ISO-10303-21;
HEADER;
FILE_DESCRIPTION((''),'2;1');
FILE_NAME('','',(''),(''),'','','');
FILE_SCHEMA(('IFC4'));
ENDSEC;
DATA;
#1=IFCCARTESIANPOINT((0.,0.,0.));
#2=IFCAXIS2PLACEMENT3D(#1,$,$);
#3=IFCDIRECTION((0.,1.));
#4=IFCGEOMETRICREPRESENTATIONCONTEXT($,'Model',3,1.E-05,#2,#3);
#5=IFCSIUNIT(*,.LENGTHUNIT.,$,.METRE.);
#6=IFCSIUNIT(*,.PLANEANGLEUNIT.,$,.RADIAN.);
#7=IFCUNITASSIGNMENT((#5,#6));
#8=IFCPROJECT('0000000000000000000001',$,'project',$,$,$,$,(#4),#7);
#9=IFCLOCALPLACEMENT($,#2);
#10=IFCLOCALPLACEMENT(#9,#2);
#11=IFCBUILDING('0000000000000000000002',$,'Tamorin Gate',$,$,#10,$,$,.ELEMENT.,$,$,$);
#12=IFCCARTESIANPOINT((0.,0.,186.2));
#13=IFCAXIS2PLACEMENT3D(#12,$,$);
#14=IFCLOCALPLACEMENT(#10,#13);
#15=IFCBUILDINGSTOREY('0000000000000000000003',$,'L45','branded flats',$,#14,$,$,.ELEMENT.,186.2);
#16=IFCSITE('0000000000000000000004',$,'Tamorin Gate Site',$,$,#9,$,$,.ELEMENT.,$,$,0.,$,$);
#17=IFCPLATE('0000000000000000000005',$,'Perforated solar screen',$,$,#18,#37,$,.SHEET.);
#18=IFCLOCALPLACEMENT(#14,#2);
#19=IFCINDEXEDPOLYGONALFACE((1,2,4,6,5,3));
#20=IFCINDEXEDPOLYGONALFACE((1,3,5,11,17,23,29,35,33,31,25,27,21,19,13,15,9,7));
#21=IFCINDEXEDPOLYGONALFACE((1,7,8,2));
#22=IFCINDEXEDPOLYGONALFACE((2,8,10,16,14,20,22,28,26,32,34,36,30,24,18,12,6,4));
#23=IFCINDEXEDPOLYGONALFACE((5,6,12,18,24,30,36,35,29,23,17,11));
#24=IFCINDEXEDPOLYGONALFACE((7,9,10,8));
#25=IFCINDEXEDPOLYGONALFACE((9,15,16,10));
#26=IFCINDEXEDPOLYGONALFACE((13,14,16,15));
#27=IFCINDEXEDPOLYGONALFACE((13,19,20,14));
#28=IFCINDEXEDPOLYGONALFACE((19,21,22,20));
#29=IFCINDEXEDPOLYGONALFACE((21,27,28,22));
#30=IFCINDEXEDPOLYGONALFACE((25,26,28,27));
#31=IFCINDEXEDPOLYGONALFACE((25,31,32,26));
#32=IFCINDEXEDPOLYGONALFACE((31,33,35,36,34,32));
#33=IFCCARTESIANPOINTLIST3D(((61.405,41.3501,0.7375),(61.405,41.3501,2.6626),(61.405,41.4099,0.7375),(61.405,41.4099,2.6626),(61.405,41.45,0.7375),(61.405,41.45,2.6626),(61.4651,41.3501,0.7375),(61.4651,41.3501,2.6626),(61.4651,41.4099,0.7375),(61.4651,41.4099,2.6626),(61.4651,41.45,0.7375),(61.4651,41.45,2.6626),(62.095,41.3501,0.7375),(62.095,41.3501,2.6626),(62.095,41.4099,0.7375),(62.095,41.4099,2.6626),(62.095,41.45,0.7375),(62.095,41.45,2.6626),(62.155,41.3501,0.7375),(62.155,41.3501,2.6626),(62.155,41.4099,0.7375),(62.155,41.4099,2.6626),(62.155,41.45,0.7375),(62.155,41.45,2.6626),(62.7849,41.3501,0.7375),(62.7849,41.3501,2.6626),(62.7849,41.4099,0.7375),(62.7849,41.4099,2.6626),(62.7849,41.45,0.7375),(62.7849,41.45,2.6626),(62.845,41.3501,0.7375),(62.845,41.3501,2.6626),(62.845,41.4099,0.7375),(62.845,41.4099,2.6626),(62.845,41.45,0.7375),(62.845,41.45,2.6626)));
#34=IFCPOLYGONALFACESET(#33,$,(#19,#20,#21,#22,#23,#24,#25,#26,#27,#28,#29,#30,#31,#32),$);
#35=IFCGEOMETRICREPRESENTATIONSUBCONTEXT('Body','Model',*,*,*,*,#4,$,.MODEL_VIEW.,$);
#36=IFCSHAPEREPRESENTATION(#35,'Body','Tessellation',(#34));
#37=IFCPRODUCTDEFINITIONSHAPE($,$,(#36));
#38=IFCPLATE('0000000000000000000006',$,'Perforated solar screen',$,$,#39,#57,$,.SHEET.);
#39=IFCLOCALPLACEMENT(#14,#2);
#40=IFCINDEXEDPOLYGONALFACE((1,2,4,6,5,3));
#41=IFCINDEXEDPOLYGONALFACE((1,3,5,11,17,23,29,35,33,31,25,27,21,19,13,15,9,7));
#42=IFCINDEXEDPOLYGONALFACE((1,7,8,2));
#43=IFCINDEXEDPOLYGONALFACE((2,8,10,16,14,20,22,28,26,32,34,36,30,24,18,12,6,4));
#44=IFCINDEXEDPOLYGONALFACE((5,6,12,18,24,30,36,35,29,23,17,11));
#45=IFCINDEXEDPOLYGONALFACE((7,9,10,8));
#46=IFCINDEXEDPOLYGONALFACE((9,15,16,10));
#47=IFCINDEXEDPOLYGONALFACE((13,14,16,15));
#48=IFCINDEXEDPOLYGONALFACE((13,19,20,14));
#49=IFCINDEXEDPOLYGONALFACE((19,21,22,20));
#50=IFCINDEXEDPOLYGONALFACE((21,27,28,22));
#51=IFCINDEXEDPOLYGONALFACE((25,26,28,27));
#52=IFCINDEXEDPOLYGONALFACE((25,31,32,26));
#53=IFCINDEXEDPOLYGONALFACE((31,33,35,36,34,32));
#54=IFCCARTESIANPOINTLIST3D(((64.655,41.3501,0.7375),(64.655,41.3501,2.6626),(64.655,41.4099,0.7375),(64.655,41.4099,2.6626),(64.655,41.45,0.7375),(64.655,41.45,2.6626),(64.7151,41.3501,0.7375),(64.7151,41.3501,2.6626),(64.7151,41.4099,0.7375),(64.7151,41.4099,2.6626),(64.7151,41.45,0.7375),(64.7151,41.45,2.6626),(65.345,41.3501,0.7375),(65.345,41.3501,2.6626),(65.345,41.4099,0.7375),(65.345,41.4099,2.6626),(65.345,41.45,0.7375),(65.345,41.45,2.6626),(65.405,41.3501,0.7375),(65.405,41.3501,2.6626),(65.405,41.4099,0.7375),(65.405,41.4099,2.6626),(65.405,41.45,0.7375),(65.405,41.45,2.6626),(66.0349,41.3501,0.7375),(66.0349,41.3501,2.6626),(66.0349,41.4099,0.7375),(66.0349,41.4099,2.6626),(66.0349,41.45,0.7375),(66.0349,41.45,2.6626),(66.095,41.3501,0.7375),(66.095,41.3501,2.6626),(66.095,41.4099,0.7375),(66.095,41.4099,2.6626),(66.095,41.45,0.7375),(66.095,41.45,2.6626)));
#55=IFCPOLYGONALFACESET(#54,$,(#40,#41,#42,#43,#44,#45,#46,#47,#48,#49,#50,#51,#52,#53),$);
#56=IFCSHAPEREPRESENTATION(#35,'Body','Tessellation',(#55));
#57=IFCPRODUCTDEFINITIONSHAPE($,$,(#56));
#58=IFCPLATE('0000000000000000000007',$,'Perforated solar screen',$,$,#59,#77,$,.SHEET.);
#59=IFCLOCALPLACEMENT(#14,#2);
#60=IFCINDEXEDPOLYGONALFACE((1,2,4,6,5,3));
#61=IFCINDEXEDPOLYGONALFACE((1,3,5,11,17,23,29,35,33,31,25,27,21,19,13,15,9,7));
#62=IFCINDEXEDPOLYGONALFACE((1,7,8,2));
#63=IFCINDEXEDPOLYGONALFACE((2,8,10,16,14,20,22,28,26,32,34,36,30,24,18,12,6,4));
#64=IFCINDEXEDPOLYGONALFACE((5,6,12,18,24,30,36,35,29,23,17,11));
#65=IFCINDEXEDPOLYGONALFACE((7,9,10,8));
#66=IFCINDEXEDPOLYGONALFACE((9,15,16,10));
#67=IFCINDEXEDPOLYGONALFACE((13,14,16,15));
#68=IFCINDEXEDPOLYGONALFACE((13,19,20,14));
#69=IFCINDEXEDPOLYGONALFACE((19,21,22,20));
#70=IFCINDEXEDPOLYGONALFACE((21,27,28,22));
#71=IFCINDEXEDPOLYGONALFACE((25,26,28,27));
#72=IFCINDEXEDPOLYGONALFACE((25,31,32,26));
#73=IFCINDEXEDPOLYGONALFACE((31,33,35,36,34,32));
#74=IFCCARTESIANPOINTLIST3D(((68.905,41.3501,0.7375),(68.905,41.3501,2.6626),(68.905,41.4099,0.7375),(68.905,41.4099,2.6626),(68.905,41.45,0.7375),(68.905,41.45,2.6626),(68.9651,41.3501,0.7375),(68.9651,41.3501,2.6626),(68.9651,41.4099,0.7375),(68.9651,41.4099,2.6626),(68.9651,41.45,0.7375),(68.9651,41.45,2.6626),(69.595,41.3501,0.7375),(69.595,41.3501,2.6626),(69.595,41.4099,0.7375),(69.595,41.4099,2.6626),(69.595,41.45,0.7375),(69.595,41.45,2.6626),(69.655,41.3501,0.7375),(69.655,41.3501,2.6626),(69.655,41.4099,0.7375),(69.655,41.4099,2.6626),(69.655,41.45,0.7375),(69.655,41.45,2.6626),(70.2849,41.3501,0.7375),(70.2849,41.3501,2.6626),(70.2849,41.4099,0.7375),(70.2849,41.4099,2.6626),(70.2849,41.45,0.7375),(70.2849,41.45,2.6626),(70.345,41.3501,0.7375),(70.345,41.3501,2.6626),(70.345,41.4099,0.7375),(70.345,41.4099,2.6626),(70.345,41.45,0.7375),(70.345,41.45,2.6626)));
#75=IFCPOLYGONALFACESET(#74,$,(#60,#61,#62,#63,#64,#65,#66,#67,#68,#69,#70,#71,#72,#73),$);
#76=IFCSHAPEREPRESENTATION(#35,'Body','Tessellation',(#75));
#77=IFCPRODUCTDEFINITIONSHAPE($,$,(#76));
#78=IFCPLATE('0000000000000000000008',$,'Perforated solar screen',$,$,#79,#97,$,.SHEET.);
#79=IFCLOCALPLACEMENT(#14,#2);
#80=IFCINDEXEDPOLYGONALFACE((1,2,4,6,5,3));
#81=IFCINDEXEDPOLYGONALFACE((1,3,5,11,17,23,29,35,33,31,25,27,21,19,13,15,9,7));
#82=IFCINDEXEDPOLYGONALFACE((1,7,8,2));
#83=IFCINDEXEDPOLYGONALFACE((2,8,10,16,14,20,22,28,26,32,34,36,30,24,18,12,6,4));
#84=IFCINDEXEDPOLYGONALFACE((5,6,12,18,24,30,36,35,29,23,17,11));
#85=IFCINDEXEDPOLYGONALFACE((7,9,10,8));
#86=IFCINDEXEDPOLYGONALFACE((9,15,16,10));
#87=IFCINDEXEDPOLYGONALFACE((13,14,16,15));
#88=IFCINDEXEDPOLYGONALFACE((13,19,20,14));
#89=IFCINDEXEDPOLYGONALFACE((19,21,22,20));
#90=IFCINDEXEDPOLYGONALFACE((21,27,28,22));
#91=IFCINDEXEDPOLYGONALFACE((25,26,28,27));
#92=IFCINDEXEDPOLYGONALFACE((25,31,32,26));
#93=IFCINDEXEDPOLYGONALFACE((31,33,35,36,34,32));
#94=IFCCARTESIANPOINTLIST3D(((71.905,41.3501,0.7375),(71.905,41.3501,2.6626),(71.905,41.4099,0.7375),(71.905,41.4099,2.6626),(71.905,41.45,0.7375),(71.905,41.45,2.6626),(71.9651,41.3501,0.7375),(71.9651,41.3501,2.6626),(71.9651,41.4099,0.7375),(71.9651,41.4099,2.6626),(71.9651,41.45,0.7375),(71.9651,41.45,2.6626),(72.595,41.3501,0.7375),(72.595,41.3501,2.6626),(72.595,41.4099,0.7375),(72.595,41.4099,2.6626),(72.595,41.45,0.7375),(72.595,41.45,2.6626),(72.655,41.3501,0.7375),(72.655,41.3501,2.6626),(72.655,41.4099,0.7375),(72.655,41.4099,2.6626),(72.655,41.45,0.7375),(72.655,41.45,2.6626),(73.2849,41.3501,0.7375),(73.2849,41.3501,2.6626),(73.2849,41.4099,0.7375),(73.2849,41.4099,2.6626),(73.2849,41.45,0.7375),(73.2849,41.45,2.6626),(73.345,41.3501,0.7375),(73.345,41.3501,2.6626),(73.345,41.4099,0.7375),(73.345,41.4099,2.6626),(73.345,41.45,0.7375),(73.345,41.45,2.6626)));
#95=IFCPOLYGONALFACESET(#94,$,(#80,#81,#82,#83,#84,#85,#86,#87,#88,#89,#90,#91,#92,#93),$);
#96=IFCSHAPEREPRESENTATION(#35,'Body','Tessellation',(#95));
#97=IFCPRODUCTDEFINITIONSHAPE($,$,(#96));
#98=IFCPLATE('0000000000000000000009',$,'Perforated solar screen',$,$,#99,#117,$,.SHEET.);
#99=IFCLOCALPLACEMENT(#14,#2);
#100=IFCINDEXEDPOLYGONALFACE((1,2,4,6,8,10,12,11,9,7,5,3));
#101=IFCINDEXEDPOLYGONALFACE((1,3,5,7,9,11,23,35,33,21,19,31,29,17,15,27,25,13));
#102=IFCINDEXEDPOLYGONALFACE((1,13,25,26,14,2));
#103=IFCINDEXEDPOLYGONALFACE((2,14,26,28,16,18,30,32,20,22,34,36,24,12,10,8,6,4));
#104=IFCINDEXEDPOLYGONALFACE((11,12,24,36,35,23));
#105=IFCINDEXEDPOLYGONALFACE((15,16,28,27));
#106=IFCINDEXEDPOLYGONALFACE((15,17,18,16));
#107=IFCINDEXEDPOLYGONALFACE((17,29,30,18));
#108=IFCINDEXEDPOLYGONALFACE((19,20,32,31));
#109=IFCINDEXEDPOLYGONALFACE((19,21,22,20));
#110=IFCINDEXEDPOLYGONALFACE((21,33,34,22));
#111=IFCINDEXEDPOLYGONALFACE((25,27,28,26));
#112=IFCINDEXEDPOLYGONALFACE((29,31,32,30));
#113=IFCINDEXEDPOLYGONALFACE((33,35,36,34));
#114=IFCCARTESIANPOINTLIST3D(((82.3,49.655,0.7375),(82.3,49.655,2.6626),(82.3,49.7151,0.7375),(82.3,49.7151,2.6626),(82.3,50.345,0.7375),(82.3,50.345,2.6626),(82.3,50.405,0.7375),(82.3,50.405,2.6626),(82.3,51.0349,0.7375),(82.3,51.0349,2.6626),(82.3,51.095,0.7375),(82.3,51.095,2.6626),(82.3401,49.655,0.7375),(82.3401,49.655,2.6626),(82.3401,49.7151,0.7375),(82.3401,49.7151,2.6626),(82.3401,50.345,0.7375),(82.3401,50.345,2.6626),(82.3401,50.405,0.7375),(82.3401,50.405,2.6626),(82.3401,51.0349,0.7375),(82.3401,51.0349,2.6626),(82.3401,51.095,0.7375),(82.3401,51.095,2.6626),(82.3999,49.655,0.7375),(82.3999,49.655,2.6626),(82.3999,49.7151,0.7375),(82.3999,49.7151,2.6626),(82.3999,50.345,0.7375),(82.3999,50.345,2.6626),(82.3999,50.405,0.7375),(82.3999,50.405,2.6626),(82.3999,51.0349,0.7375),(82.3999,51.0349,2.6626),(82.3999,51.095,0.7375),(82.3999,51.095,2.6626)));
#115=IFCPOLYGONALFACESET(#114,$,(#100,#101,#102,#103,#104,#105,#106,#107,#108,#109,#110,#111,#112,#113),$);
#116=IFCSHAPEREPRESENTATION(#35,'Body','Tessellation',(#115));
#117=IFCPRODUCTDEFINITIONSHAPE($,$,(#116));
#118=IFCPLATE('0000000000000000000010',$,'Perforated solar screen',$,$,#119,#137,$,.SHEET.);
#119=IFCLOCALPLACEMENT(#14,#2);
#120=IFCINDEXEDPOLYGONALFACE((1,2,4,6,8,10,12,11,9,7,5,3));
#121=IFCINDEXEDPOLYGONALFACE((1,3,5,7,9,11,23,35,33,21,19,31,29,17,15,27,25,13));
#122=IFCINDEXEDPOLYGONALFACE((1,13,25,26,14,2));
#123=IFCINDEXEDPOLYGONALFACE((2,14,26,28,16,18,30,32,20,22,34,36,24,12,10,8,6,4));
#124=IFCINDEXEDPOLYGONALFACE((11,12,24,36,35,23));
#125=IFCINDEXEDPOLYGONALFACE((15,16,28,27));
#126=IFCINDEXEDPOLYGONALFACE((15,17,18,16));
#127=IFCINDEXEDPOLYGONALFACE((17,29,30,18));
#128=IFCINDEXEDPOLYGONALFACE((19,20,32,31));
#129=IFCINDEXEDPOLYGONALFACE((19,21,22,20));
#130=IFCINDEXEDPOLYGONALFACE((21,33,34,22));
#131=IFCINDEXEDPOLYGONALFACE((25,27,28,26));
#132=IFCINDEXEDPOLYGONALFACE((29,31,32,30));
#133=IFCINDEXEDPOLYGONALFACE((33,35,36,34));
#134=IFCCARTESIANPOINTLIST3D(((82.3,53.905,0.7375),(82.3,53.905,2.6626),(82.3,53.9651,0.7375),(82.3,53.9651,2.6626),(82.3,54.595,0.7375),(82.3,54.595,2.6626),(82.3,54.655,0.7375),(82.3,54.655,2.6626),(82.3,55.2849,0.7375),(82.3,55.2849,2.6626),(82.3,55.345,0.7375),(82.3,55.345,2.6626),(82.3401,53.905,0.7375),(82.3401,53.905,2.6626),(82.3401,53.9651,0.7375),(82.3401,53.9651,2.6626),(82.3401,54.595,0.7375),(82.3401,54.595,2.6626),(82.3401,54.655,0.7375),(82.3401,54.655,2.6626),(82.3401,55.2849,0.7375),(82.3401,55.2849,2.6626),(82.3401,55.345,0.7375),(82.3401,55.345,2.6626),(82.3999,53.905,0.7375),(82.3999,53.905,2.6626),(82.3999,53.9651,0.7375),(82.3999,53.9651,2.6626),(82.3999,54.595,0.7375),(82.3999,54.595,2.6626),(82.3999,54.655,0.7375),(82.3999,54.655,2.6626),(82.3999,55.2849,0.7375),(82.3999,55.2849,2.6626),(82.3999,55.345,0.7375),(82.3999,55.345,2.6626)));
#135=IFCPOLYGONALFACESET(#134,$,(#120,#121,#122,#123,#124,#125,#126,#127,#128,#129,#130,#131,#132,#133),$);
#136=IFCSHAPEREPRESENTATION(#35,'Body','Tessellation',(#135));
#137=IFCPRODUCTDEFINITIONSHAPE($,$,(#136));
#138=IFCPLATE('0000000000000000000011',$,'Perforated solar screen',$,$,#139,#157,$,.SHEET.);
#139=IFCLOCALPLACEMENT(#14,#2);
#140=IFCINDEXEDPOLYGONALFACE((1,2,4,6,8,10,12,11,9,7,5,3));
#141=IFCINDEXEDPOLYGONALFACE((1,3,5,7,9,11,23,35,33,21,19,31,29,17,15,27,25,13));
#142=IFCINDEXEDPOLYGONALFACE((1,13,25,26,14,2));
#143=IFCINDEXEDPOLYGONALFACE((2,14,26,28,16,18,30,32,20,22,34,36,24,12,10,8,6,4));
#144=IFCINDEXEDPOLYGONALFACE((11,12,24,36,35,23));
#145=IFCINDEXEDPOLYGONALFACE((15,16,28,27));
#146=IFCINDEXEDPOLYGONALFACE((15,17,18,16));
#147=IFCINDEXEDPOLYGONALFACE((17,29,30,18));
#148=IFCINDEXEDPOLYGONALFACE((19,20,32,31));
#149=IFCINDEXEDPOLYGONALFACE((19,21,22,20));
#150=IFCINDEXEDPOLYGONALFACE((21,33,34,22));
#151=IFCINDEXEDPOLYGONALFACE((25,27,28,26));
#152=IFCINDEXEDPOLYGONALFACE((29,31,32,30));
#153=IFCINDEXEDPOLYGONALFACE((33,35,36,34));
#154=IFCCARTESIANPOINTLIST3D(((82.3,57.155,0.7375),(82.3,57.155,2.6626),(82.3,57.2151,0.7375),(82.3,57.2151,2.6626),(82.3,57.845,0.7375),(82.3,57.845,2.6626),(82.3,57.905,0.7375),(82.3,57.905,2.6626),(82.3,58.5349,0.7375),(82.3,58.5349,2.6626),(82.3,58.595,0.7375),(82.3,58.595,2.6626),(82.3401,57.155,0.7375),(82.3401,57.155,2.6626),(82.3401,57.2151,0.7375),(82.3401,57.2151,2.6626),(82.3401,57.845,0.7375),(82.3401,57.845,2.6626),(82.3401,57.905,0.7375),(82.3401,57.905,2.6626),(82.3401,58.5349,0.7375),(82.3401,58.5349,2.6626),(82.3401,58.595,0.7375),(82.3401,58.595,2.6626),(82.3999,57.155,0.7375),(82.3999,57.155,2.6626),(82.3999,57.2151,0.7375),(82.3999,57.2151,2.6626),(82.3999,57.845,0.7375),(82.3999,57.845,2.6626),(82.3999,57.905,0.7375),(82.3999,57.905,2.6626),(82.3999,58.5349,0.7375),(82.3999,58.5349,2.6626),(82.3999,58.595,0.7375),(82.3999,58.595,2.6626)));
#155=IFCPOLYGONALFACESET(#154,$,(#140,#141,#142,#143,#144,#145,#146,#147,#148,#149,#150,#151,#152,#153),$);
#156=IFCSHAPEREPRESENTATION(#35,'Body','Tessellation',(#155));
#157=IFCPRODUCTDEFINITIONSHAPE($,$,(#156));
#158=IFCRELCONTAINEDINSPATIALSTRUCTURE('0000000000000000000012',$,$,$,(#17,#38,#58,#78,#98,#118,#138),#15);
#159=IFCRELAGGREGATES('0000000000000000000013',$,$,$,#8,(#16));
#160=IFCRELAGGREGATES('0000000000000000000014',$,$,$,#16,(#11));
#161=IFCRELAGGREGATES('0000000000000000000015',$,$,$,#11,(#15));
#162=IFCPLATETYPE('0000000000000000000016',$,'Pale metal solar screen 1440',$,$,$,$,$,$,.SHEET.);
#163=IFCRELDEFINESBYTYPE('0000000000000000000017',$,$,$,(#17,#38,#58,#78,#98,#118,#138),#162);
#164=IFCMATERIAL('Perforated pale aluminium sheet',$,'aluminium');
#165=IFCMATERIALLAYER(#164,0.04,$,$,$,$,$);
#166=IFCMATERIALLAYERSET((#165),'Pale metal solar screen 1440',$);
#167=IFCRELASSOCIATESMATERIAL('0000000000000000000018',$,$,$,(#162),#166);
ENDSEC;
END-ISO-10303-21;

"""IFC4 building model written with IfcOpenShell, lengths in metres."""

from ifc_helpers import new_model, si_unit, direction, frame, origin, place, context, subcontext, project, spatial, polyline, outline, extrude, material, layer, layer_set, type_object, element, save


model = new_model("IFC4")

# Units and contexts
model_context = context("Model", 3, precision=1e-05, world=origin(), true_north=direction((0.0, 1.0)))
body_context = subcontext(model_context, "Body", "Model", "MODEL_VIEW")
ifc_project = project(units=[si_unit("LENGTHUNIT", "METRE"), si_unit("PLANEANGLEUNIT", "RADIAN")], contexts=[model_context])

# Site, building, storey
site_placement = place(None, origin())
site = spatial("IfcSite", under=ifc_project, at=site_placement, Name="Tamorin Gate Site", CompositionType="ELEMENT", RefElevation=0.0)
building_placement = place(site_placement, origin())
building = spatial("IfcBuilding", under=site, at=building_placement, Name="Tamorin Gate", CompositionType="ELEMENT")
storey_placement = place(building_placement, frame((0.0, 0.0, 186.2)))
storey = spatial("IfcBuildingStorey", under=building, at=storey_placement, Name="L45", Description="branded flats", CompositionType="ELEMENT", Elevation=186.2)

# Plates
ifc_material_1 = material(Name="Perforated pale aluminium sheet", Category="aluminium")
ifc_layer_1 = layer(ifc_material_1, 0.04)
ifc_layer_set_1 = layer_set([ifc_layer_1], Name="Pale metal solar screen 1440")
plate_type_1 = type_object("IfcPlateType", Name="Pale metal solar screen 1440", PredefinedType="SHEET", material=ifc_layer_set_1)
plate_1_placement = place(storey_placement, frame((0.0, 0.0, 0.7375)))
element("IfcPlate", 1, at=plate_1_placement, inside=storey, type_object=plate_type_1, Name="Perforated solar screen", PredefinedType="SHEET", context=body_context, shape_type="SweptSolid", body=[
    extrude(outline(polyline([(61.405, 41.4099), (61.405, 41.45), (61.4651, 41.45), (62.095, 41.45), (62.155, 41.45), (62.7849, 41.45), (62.845, 41.45), (62.845, 41.4099), (62.845, 41.3501), (62.7849, 41.3501), (62.7849, 41.4099), (62.155, 41.4099), (62.155, 41.3501), (62.095, 41.3501), (62.095, 41.4099), (61.4651, 41.4099), (61.4651, 41.3501), (61.405, 41.3501), (61.405, 41.4099)])), origin(), (0.0, 0.0, 1.0), 1.925),
])
plate_2_placement = place(storey_placement, frame((0.0, 0.0, 0.7375)))
element("IfcPlate", 2, at=plate_2_placement, inside=storey, type_object=plate_type_1, Name="Perforated solar screen", PredefinedType="SHEET", context=body_context, shape_type="SweptSolid", body=[
    extrude(outline(polyline([(64.655, 41.4099), (64.655, 41.45), (64.7151, 41.45), (65.345, 41.45), (65.405, 41.45), (66.0349, 41.45), (66.095, 41.45), (66.095, 41.4099), (66.095, 41.3501), (66.0349, 41.3501), (66.0349, 41.4099), (65.405, 41.4099), (65.405, 41.3501), (65.345, 41.3501), (65.345, 41.4099), (64.7151, 41.4099), (64.7151, 41.3501), (64.655, 41.3501), (64.655, 41.4099)])), origin(), (0.0, 0.0, 1.0), 1.925),
])
plate_3_placement = place(storey_placement, frame((0.0, 0.0, 0.7375)))
element("IfcPlate", 3, at=plate_3_placement, inside=storey, type_object=plate_type_1, Name="Perforated solar screen", PredefinedType="SHEET", context=body_context, shape_type="SweptSolid", body=[
    extrude(outline(polyline([(68.905, 41.4099), (68.905, 41.45), (68.9651, 41.45), (69.595, 41.45), (69.655, 41.45), (70.2849, 41.45), (70.345, 41.45), (70.345, 41.4099), (70.345, 41.3501), (70.2849, 41.3501), (70.2849, 41.4099), (69.655, 41.4099), (69.655, 41.3501), (69.595, 41.3501), (69.595, 41.4099), (68.9651, 41.4099), (68.9651, 41.3501), (68.905, 41.3501), (68.905, 41.4099)])), origin(), (0.0, 0.0, 1.0), 1.925),
])
plate_4_placement = place(storey_placement, frame((0.0, 0.0, 0.7375)))
element("IfcPlate", 4, at=plate_4_placement, inside=storey, type_object=plate_type_1, Name="Perforated solar screen", PredefinedType="SHEET", context=body_context, shape_type="SweptSolid", body=[
    extrude(outline(polyline([(71.905, 41.4099), (71.905, 41.45), (71.9651, 41.45), (72.595, 41.45), (72.655, 41.45), (73.2849, 41.45), (73.345, 41.45), (73.345, 41.4099), (73.345, 41.3501), (73.2849, 41.3501), (73.2849, 41.4099), (72.655, 41.4099), (72.655, 41.3501), (72.595, 41.3501), (72.595, 41.4099), (71.9651, 41.4099), (71.9651, 41.3501), (71.905, 41.3501), (71.905, 41.4099)])), origin(), (0.0, 0.0, 1.0), 1.925),
])
plate_5_placement = place(storey_placement, frame((0.0, 0.0, 0.7375)))
element("IfcPlate", 5, at=plate_5_placement, inside=storey, type_object=plate_type_1, Name="Perforated solar screen", PredefinedType="SHEET", context=body_context, shape_type="SweptSolid", body=[
    extrude(outline(polyline([(82.3401, 49.655), (82.3, 49.655), (82.3, 49.7151), (82.3, 50.345), (82.3, 50.405), (82.3, 51.0349), (82.3, 51.095), (82.3, 51.095), (82.3401, 51.095), (82.3401, 51.095), (82.3999, 51.095), (82.3999, 51.0349), (82.3401, 51.0349), (82.3401, 50.405), (82.3999, 50.405), (82.3999, 50.345), (82.3401, 50.345), (82.3401, 49.7151), (82.3999, 49.7151), (82.3999, 49.655), (82.3401, 49.655)])), origin(), (0.0, 0.0, 1.0), 1.925),
])
plate_6_placement = place(storey_placement, frame((0.0, 0.0, 0.7375)))
element("IfcPlate", 6, at=plate_6_placement, inside=storey, type_object=plate_type_1, Name="Perforated solar screen", PredefinedType="SHEET", context=body_context, shape_type="SweptSolid", body=[
    extrude(outline(polyline([(82.3401, 53.905), (82.3, 53.905), (82.3, 53.9651), (82.3, 54.595), (82.3, 54.655), (82.3, 55.2849), (82.3, 55.345), (82.3401, 55.345), (82.3999, 55.345), (82.3999, 55.2849), (82.3401, 55.2849), (82.3401, 54.655), (82.3999, 54.655), (82.3999, 54.595), (82.3401, 54.595), (82.3401, 53.9651), (82.3999, 53.9651), (82.3999, 53.905), (82.3401, 53.905)])), origin(), (0.0, 0.0, 1.0), 1.925),
])
plate_7_placement = place(storey_placement, frame((0.0, 0.0, 0.7375)))
element("IfcPlate", 7, at=plate_7_placement, inside=storey, type_object=plate_type_1, Name="Perforated solar screen", PredefinedType="SHEET", context=body_context, shape_type="SweptSolid", body=[
    extrude(outline(polyline([(82.3401, 57.155), (82.3, 57.155), (82.3, 57.2151), (82.3, 57.845), (82.3, 57.905), (82.3, 58.5349), (82.3, 58.595), (82.3401, 58.595), (82.3999, 58.595), (82.3999, 58.5349), (82.3401, 58.5349), (82.3401, 57.905), (82.3999, 57.905), (82.3999, 57.845), (82.3401, 57.845), (82.3401, 57.2151), (82.3999, 57.2151), (82.3999, 57.155), (82.3401, 57.155)])), origin(), (0.0, 0.0, 1.0), 1.925),
])

save(model, "model.ifc")
